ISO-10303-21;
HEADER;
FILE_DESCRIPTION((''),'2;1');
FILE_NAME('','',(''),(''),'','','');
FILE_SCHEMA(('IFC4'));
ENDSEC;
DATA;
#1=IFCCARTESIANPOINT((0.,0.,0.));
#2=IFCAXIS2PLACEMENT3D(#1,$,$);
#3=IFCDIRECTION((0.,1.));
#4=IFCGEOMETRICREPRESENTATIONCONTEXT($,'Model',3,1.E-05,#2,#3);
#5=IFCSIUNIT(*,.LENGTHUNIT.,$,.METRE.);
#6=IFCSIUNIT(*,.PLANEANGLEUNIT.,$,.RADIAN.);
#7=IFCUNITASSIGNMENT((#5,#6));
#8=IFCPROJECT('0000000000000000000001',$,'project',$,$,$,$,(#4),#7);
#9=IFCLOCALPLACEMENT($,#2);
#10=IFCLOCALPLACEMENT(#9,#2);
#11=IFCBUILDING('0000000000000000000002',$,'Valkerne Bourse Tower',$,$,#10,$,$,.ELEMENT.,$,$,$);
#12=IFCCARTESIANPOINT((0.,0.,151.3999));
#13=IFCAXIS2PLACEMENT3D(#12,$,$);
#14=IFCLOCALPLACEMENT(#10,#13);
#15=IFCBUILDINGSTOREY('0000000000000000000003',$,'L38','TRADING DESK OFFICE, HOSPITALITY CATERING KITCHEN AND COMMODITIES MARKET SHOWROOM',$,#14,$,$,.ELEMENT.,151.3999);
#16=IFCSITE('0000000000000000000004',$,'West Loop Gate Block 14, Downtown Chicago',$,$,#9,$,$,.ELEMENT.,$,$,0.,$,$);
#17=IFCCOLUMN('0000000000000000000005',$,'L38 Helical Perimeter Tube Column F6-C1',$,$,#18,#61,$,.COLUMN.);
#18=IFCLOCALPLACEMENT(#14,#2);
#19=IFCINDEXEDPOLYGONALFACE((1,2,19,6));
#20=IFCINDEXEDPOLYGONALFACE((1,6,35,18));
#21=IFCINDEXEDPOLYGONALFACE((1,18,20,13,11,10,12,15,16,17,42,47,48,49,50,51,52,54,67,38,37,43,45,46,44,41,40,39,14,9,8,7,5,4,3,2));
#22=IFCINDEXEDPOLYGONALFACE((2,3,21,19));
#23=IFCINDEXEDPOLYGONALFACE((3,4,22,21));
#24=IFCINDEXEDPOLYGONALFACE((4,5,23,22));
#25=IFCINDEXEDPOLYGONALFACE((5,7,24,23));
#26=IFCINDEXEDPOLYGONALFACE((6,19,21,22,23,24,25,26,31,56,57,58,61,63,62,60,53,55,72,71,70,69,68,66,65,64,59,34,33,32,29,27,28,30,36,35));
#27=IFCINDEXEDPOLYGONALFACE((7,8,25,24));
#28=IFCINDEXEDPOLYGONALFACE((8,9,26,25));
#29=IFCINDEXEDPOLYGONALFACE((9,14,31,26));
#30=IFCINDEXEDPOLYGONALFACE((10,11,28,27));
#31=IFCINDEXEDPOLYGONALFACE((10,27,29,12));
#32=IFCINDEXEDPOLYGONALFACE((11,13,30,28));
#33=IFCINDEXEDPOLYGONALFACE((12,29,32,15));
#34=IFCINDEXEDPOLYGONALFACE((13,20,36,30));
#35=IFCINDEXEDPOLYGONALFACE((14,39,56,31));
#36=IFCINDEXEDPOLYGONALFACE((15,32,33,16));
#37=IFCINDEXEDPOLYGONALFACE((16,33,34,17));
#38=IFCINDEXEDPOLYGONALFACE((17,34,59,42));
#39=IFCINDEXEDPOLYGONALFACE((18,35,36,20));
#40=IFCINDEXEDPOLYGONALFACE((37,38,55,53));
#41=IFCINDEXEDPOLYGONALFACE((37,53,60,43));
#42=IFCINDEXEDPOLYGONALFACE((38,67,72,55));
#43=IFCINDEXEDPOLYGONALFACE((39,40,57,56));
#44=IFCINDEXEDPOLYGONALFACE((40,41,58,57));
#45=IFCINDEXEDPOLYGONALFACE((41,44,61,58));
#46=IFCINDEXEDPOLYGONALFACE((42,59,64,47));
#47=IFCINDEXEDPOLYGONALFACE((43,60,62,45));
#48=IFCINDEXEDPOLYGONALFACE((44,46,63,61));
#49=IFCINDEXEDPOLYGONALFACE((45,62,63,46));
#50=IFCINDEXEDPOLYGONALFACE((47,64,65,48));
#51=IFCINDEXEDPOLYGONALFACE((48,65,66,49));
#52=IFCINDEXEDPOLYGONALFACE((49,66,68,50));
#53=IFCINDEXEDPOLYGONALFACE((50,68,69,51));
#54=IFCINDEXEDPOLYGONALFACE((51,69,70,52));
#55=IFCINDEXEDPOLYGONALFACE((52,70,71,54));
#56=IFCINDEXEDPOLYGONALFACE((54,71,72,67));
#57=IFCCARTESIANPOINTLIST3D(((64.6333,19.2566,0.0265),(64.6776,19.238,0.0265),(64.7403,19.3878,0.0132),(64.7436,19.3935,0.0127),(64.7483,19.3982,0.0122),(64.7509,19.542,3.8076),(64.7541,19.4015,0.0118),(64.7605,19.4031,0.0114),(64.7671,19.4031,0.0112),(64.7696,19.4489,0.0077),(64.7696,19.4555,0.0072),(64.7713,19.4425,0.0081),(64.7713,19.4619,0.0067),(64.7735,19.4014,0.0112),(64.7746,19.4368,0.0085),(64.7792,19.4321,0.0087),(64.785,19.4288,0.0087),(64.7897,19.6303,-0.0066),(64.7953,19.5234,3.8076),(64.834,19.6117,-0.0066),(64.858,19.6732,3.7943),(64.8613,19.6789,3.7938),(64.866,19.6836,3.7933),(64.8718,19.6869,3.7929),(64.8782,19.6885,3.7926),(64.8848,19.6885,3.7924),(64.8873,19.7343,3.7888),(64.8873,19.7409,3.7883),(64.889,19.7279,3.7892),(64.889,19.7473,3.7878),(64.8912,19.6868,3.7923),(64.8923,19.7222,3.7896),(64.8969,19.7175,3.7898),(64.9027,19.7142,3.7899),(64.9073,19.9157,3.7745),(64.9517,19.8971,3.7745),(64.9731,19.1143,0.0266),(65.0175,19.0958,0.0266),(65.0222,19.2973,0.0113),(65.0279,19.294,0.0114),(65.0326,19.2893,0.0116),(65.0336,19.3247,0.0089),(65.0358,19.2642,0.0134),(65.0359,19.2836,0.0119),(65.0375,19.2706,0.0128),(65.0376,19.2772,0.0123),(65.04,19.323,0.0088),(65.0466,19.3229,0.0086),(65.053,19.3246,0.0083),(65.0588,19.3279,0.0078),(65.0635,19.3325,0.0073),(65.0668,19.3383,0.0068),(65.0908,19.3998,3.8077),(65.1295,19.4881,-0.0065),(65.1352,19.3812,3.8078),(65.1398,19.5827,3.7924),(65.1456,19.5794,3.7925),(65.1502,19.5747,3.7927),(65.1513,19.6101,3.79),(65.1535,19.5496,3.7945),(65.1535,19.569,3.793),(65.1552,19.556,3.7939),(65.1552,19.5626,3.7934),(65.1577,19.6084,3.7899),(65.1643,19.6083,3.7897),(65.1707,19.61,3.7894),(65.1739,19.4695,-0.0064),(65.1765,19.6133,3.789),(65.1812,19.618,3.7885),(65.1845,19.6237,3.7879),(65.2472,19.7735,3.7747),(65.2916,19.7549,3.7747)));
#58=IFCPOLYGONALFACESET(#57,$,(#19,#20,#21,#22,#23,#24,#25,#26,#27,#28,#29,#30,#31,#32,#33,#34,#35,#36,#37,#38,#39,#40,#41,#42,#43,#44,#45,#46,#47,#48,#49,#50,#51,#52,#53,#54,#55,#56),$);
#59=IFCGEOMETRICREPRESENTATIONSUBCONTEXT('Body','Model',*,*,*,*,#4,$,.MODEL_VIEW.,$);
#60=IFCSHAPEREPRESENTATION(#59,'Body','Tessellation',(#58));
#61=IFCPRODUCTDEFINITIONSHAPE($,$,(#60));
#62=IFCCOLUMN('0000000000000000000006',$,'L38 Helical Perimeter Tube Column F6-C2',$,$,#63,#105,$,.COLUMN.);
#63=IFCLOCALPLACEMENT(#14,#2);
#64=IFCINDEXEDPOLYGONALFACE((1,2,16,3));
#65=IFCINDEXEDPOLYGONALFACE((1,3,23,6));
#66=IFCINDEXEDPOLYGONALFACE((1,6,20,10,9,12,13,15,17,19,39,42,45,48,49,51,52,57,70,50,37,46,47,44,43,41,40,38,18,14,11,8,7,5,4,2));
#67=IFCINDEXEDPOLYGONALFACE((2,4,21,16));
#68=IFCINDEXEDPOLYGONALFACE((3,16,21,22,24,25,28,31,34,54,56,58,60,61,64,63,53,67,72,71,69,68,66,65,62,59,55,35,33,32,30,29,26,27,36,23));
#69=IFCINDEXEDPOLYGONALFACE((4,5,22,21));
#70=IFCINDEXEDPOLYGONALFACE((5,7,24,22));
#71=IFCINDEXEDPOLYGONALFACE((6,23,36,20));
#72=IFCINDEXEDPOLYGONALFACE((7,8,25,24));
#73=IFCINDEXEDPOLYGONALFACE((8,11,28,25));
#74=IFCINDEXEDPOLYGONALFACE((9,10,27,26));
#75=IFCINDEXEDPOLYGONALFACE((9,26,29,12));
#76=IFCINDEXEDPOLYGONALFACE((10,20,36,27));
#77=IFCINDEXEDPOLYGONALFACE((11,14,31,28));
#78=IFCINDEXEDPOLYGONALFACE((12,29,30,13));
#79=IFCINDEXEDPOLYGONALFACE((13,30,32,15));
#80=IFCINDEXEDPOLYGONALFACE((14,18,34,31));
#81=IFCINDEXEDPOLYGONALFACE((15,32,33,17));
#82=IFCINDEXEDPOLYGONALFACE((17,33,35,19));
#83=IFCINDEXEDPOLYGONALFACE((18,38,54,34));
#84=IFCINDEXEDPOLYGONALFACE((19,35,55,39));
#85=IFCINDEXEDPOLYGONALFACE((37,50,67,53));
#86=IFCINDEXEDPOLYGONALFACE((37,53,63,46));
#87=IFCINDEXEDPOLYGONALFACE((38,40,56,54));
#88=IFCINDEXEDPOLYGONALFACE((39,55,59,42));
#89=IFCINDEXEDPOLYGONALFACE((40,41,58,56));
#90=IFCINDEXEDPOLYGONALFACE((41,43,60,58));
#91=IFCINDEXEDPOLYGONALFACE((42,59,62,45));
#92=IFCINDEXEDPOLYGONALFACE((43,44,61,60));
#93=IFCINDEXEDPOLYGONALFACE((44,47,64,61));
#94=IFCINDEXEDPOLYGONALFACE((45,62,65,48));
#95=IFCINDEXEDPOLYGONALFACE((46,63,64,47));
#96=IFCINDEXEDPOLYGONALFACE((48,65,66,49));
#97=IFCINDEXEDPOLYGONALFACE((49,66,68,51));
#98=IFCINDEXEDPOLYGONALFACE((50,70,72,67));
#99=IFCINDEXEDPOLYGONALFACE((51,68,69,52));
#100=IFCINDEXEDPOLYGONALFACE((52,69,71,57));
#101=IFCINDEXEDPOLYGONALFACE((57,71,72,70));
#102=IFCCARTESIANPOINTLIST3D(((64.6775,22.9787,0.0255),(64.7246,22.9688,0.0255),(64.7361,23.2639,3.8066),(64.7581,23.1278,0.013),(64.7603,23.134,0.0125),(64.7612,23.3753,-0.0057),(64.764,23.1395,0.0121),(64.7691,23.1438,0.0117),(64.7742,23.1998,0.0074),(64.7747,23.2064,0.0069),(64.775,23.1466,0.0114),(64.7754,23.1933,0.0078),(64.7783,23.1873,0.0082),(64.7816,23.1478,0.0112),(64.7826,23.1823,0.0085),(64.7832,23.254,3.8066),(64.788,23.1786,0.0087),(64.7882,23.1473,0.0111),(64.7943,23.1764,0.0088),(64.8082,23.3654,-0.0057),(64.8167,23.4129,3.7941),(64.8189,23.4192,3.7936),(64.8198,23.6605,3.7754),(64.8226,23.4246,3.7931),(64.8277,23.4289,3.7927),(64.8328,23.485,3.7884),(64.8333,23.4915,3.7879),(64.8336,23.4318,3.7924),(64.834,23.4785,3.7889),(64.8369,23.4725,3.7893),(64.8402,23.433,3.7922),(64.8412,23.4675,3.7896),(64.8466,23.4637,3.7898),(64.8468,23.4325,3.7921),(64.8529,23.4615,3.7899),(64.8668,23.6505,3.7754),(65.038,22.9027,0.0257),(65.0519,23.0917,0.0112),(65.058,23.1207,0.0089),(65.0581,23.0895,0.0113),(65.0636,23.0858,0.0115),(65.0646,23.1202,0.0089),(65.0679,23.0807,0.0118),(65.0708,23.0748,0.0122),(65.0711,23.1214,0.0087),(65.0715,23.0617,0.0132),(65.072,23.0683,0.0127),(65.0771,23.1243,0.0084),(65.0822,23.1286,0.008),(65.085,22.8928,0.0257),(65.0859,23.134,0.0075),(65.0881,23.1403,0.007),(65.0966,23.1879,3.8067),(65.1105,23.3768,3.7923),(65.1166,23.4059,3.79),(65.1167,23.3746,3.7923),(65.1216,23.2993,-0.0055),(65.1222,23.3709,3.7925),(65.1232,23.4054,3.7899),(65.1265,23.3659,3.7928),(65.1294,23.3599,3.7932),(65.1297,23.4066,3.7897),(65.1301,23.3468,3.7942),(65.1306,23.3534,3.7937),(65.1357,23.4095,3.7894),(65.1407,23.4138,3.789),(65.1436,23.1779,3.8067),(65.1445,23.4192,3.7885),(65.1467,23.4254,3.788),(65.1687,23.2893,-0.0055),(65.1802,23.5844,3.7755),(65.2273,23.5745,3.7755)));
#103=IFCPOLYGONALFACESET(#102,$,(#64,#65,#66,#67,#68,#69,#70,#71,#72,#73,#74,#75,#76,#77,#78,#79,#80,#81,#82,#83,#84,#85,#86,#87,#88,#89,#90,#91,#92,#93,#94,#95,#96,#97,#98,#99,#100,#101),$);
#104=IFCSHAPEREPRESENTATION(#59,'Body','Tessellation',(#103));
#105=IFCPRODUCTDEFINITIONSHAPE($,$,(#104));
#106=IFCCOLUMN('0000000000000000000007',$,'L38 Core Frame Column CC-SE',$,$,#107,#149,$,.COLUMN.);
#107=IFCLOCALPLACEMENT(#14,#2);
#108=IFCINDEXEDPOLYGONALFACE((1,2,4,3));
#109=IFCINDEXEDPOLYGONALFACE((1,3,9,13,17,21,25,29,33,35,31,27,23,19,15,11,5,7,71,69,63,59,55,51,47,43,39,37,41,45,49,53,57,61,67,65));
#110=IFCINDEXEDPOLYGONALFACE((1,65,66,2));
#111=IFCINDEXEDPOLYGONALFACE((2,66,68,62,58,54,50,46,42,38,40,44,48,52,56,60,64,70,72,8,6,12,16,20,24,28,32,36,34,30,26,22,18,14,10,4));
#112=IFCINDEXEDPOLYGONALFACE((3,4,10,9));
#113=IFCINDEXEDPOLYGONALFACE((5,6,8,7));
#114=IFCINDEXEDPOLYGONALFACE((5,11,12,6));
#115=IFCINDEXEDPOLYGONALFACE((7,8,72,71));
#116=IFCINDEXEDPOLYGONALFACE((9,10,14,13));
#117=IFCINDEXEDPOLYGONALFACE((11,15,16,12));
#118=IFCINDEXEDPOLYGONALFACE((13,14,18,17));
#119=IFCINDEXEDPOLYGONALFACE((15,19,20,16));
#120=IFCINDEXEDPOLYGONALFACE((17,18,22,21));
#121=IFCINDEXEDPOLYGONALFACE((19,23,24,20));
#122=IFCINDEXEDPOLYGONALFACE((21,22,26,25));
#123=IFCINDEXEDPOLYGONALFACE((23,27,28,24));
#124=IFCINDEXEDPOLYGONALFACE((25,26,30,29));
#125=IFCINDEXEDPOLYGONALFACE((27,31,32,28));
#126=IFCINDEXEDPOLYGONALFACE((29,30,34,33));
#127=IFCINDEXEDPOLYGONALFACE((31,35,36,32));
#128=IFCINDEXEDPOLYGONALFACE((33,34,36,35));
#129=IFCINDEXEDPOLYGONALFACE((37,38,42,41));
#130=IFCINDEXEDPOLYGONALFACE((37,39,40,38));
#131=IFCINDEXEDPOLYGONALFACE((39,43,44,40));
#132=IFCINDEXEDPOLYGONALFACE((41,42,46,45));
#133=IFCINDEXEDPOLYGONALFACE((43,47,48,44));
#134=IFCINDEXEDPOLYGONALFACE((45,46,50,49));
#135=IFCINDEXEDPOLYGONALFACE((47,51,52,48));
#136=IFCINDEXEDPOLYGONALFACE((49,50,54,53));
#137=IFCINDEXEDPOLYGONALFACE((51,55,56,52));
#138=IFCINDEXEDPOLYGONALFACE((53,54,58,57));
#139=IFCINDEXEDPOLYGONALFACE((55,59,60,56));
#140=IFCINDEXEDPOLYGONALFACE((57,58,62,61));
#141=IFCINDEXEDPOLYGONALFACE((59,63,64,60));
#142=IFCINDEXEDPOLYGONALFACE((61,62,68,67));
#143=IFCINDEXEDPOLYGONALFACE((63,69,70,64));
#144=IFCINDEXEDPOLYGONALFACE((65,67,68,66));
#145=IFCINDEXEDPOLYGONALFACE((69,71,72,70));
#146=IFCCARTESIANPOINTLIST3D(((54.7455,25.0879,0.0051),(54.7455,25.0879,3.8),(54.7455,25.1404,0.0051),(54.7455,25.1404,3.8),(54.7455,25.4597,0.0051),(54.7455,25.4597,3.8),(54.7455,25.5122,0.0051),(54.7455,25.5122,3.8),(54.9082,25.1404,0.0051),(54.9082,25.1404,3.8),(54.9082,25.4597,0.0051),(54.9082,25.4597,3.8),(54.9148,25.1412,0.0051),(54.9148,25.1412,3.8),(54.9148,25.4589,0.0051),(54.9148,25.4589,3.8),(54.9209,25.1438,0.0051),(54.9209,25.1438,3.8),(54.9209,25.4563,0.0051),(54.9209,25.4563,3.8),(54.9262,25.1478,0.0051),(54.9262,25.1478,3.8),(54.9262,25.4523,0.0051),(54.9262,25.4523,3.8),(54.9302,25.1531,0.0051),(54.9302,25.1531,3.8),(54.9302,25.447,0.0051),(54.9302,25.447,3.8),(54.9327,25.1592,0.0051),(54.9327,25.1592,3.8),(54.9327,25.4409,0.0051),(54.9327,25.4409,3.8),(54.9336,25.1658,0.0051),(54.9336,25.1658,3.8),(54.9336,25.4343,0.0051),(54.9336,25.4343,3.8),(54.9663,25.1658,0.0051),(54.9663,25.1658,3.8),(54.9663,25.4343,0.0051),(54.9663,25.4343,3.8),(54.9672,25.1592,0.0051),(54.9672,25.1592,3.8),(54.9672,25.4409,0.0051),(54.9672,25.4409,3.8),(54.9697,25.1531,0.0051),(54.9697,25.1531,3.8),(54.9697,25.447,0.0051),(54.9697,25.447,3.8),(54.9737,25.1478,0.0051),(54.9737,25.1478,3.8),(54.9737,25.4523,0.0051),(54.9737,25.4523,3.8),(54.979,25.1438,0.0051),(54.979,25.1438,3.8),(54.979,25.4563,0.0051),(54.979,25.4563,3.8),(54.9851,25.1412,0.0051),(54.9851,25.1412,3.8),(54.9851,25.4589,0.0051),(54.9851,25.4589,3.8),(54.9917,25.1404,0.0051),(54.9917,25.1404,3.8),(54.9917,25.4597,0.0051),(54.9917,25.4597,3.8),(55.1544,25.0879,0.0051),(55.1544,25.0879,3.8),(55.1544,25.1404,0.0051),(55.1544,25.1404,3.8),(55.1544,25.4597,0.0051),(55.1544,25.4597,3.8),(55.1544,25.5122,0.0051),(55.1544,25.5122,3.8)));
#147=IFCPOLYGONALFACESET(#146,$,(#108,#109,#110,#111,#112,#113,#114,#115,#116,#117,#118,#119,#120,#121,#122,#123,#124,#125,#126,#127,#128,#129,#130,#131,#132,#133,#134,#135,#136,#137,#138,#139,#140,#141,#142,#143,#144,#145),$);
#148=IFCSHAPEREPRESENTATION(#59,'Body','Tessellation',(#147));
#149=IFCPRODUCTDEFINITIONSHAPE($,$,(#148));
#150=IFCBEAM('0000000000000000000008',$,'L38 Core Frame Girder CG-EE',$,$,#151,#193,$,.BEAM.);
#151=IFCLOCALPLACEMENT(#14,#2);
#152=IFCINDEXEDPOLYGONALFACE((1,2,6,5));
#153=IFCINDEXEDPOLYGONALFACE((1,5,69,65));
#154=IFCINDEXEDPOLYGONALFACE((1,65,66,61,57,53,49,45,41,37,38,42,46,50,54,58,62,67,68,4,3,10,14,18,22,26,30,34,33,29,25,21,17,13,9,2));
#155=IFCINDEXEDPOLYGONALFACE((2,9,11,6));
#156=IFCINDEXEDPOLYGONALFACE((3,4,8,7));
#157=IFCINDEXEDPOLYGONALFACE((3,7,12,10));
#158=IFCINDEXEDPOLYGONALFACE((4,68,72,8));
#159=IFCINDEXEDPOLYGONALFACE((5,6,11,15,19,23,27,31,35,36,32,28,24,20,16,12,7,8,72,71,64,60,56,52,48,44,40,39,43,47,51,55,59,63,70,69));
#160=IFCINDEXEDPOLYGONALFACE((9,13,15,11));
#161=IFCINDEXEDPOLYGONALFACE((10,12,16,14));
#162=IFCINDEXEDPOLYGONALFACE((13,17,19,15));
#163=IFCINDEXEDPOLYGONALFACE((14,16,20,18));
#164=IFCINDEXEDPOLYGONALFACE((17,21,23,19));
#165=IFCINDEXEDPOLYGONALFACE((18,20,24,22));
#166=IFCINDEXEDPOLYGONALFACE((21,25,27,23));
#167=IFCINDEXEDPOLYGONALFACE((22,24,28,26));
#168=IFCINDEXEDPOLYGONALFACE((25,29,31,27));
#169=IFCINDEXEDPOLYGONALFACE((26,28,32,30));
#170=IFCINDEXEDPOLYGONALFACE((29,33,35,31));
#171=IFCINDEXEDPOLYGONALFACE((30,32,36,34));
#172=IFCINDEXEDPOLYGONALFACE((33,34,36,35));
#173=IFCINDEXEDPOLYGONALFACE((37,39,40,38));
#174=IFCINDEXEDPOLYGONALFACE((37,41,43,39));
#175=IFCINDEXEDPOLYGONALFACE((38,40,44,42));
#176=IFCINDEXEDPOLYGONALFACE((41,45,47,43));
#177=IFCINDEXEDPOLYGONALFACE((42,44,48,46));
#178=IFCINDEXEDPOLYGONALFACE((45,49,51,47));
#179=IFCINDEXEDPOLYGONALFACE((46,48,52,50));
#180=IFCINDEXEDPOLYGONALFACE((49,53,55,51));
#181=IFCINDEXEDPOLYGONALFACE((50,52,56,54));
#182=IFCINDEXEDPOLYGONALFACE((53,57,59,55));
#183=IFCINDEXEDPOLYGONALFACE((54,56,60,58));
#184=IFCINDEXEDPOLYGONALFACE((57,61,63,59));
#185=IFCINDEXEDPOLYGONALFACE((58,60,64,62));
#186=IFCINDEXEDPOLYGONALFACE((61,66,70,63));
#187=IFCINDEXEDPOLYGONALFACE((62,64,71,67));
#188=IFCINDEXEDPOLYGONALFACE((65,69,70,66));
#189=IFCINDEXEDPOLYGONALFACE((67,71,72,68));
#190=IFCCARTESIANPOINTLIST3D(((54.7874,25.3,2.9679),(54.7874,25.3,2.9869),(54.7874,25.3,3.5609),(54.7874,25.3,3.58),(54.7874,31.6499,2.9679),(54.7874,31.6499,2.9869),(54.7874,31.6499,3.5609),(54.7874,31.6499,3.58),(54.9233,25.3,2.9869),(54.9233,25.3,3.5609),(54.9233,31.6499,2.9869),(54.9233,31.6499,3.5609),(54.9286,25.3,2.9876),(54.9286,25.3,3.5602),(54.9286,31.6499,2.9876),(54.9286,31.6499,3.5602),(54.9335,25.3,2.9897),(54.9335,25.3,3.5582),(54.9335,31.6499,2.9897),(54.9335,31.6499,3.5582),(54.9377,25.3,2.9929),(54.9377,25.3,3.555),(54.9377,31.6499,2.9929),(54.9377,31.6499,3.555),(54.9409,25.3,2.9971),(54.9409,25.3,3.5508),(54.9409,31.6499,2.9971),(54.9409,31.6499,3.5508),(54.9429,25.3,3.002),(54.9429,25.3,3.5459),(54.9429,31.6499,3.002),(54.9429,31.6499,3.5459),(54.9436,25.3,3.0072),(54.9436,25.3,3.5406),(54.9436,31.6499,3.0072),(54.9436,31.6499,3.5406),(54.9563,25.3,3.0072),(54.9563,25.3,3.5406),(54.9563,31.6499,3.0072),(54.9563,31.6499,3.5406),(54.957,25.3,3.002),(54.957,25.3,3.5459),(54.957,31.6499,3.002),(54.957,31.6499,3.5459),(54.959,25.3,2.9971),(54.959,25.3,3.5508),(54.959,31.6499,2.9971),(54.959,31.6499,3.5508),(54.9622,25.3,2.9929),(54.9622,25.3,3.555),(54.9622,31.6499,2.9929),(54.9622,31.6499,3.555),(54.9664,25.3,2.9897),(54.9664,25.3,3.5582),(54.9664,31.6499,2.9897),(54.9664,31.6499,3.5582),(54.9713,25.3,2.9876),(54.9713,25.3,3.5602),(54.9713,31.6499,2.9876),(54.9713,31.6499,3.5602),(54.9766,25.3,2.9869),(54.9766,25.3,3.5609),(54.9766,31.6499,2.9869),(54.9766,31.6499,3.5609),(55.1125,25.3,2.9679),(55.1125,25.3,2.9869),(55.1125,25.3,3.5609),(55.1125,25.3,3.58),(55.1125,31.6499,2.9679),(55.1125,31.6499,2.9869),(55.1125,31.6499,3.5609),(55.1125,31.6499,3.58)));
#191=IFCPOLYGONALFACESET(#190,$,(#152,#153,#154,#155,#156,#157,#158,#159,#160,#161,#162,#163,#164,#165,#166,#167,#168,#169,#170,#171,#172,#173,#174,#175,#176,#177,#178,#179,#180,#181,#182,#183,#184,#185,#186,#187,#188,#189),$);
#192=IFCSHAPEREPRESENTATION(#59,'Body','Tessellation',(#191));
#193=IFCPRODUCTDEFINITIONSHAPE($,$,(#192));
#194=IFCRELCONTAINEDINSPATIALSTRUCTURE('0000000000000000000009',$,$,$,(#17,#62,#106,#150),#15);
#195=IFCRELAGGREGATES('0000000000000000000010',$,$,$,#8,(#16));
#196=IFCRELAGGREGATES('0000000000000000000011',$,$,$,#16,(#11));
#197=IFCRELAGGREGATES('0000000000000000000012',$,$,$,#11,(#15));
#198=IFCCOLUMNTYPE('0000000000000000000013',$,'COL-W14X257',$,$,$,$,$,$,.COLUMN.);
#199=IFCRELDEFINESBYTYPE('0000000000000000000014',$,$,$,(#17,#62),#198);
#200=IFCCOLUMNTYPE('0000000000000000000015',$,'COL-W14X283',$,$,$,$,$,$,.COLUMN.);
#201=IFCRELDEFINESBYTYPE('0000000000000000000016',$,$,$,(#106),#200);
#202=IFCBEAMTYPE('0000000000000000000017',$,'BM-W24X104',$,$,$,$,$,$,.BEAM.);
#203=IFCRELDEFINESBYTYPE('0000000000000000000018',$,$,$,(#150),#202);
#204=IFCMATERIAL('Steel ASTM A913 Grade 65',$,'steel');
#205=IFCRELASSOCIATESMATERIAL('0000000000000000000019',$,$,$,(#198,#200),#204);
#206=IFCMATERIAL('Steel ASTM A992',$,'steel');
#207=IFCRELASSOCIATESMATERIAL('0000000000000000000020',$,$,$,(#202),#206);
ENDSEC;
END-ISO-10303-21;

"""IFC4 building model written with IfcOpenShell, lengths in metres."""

from ifc_helpers import new_model, si_unit, direction, frame, origin, origin_2d, place, context, subcontext, project, spatial, i_section, extrude, material, material_profile, profile_set, type_object, element, save


model = new_model("IFC4")

# Units and contexts
model_context = context("Model", 3, precision=1e-05, world=origin(), true_north=direction((0.0, 1.0)))
body_context = subcontext(model_context, "Body", "Model", "MODEL_VIEW")
ifc_project = project(units=[si_unit("LENGTHUNIT", "METRE"), si_unit("PLANEANGLEUNIT", "RADIAN")], contexts=[model_context])

# Site, building, storey
site_placement = place(None, origin())
site = spatial("IfcSite", under=ifc_project, at=site_placement, Name="West Loop Gate Block 14, Downtown Chicago", CompositionType="ELEMENT", RefElevation=0.0)
building_placement = place(site_placement, origin())
building = spatial("IfcBuilding", under=site, at=building_placement, Name="Valkerne Bourse Tower", CompositionType="ELEMENT")
storey_placement = place(building_placement, frame((0.0, 0.0, 151.3999)))
storey = spatial("IfcBuildingStorey", under=building, at=storey_placement, Name="L38", Description="TRADING DESK OFFICE, HOSPITALITY CATERING KITCHEN AND COMMODITIES MARKET SHOWROOM", CompositionType="ELEMENT", Elevation=151.3999)

# Columns
ifc_material_1 = material(Name="Steel ASTM A913 Grade 65", Category="steel")
ifc_material_profile_1 = material_profile(ifc_material_1, i_section(OverallWidth=0.4065, OverallDepth=0.4165, WebThickness=0.0298, FlangeThickness=0.0481, FilletRadius=0.0254, at=origin_2d()), Name="W14X257")
ifc_profile_set_1 = profile_set([ifc_material_profile_1], Name="Steel ASTM A913 Grade 65")
column_type_1 = type_object("IfcColumnType", Name="COL-W14X257", PredefinedType="COLUMN", material=ifc_profile_set_1)
column_1_placement = place(storey_placement, frame((64.9036, 19.363, 0.01), z_axis=(0.03102, 0.075232, 0.996683), x_axis=(-0.384758, -0.919423, 0.081375)))
element("IfcColumn", 1, at=column_1_placement, inside=storey, type_object=column_type_1, Name="L38 Helical Perimeter Tube Column F6-C1", PredefinedType="COLUMN", context=body_context, shape_type="SweptSolid", body=[
    extrude(i_section(OverallWidth=0.4065, OverallDepth=0.4165, WebThickness=0.0298, FlangeThickness=0.0481, FilletRadius=0.0254, at=origin_2d()), origin(), (0.0, 0.0, 1.0), 3.7937),
])
column_2_placement = place(storey_placement, frame((64.9231, 23.134, 0.01), z_axis=(0.015451, 0.075196, 0.997049), x_axis=(-0.205806, -0.975577, 0.076766)))
element("IfcColumn", 2, at=column_2_placement, inside=storey, type_object=column_type_1, Name="L38 Helical Perimeter Tube Column F6-C2", PredefinedType="COLUMN", context=body_context, shape_type="SweptSolid", body=[
    extrude(i_section(OverallWidth=0.4065, OverallDepth=0.4165, WebThickness=0.0298, FlangeThickness=0.0481, FilletRadius=0.0254, at=origin_2d()), origin(), (0.0, 0.0, 1.0), 3.7922),
])
ifc_material_profile_2 = material_profile(ifc_material_1, i_section(OverallWidth=0.4089, OverallDepth=0.4243, WebThickness=0.0327, FlangeThickness=0.0525, FilletRadius=0.0254, at=origin_2d()), Name="W14X283")
ifc_profile_set_2 = profile_set([ifc_material_profile_2], Name="Steel ASTM A913 Grade 65")
column_type_2 = type_object("IfcColumnType", Name="COL-W14X283", PredefinedType="COLUMN", material=ifc_profile_set_2)
column_3_placement = place(storey_placement, frame((54.95, 25.3, 0.0051), z_axis=(0.0, 0.0, 1.0), x_axis=(1.0, 0.0, 0.0)))
element("IfcColumn", 3, at=column_3_placement, inside=storey, type_object=column_type_2, Name="L38 Core Frame Column CC-SE", PredefinedType="COLUMN", context=body_context, shape_type="SweptSolid", body=[
    extrude(i_section(OverallWidth=0.4089, OverallDepth=0.4243, WebThickness=0.0327, FlangeThickness=0.0525, FilletRadius=0.0254, at=origin_2d()), origin(), (0.0, 0.0, 1.0), 3.7949),
])

# Beam
ifc_material_2 = material(Name="Steel ASTM A992", Category="steel")
ifc_material_profile_3 = material_profile(ifc_material_2, i_section(OverallWidth=0.3252, OverallDepth=0.6121, WebThickness=0.0127, FlangeThickness=0.019, FilletRadius=0.0203, at=origin_2d()), Name="W24X104")
ifc_profile_set_3 = profile_set([ifc_material_profile_3], Name="Steel ASTM A992")
beam_type_1 = type_object("IfcBeamType", Name="BM-W24X104", PredefinedType="BEAM", material=ifc_profile_set_3)
beam_1_placement = place(storey_placement, frame((54.95, 25.3, 3.2739), z_axis=(0.0, 1.0, 0.0), x_axis=(-1.0, 0.0, 0.0)))
element("IfcBeam", 4, at=beam_1_placement, inside=storey, type_object=beam_type_1, Name="L38 Core Frame Girder CG-EE", PredefinedType="BEAM", context=body_context, shape_type="SweptSolid", body=[
    extrude(i_section(OverallWidth=0.3252, OverallDepth=0.6121, WebThickness=0.0127, FlangeThickness=0.019, FilletRadius=0.0203, at=origin_2d()), origin(), (0.0, 0.0, 1.0), 6.3499),
])

save(model, "model.ifc")
